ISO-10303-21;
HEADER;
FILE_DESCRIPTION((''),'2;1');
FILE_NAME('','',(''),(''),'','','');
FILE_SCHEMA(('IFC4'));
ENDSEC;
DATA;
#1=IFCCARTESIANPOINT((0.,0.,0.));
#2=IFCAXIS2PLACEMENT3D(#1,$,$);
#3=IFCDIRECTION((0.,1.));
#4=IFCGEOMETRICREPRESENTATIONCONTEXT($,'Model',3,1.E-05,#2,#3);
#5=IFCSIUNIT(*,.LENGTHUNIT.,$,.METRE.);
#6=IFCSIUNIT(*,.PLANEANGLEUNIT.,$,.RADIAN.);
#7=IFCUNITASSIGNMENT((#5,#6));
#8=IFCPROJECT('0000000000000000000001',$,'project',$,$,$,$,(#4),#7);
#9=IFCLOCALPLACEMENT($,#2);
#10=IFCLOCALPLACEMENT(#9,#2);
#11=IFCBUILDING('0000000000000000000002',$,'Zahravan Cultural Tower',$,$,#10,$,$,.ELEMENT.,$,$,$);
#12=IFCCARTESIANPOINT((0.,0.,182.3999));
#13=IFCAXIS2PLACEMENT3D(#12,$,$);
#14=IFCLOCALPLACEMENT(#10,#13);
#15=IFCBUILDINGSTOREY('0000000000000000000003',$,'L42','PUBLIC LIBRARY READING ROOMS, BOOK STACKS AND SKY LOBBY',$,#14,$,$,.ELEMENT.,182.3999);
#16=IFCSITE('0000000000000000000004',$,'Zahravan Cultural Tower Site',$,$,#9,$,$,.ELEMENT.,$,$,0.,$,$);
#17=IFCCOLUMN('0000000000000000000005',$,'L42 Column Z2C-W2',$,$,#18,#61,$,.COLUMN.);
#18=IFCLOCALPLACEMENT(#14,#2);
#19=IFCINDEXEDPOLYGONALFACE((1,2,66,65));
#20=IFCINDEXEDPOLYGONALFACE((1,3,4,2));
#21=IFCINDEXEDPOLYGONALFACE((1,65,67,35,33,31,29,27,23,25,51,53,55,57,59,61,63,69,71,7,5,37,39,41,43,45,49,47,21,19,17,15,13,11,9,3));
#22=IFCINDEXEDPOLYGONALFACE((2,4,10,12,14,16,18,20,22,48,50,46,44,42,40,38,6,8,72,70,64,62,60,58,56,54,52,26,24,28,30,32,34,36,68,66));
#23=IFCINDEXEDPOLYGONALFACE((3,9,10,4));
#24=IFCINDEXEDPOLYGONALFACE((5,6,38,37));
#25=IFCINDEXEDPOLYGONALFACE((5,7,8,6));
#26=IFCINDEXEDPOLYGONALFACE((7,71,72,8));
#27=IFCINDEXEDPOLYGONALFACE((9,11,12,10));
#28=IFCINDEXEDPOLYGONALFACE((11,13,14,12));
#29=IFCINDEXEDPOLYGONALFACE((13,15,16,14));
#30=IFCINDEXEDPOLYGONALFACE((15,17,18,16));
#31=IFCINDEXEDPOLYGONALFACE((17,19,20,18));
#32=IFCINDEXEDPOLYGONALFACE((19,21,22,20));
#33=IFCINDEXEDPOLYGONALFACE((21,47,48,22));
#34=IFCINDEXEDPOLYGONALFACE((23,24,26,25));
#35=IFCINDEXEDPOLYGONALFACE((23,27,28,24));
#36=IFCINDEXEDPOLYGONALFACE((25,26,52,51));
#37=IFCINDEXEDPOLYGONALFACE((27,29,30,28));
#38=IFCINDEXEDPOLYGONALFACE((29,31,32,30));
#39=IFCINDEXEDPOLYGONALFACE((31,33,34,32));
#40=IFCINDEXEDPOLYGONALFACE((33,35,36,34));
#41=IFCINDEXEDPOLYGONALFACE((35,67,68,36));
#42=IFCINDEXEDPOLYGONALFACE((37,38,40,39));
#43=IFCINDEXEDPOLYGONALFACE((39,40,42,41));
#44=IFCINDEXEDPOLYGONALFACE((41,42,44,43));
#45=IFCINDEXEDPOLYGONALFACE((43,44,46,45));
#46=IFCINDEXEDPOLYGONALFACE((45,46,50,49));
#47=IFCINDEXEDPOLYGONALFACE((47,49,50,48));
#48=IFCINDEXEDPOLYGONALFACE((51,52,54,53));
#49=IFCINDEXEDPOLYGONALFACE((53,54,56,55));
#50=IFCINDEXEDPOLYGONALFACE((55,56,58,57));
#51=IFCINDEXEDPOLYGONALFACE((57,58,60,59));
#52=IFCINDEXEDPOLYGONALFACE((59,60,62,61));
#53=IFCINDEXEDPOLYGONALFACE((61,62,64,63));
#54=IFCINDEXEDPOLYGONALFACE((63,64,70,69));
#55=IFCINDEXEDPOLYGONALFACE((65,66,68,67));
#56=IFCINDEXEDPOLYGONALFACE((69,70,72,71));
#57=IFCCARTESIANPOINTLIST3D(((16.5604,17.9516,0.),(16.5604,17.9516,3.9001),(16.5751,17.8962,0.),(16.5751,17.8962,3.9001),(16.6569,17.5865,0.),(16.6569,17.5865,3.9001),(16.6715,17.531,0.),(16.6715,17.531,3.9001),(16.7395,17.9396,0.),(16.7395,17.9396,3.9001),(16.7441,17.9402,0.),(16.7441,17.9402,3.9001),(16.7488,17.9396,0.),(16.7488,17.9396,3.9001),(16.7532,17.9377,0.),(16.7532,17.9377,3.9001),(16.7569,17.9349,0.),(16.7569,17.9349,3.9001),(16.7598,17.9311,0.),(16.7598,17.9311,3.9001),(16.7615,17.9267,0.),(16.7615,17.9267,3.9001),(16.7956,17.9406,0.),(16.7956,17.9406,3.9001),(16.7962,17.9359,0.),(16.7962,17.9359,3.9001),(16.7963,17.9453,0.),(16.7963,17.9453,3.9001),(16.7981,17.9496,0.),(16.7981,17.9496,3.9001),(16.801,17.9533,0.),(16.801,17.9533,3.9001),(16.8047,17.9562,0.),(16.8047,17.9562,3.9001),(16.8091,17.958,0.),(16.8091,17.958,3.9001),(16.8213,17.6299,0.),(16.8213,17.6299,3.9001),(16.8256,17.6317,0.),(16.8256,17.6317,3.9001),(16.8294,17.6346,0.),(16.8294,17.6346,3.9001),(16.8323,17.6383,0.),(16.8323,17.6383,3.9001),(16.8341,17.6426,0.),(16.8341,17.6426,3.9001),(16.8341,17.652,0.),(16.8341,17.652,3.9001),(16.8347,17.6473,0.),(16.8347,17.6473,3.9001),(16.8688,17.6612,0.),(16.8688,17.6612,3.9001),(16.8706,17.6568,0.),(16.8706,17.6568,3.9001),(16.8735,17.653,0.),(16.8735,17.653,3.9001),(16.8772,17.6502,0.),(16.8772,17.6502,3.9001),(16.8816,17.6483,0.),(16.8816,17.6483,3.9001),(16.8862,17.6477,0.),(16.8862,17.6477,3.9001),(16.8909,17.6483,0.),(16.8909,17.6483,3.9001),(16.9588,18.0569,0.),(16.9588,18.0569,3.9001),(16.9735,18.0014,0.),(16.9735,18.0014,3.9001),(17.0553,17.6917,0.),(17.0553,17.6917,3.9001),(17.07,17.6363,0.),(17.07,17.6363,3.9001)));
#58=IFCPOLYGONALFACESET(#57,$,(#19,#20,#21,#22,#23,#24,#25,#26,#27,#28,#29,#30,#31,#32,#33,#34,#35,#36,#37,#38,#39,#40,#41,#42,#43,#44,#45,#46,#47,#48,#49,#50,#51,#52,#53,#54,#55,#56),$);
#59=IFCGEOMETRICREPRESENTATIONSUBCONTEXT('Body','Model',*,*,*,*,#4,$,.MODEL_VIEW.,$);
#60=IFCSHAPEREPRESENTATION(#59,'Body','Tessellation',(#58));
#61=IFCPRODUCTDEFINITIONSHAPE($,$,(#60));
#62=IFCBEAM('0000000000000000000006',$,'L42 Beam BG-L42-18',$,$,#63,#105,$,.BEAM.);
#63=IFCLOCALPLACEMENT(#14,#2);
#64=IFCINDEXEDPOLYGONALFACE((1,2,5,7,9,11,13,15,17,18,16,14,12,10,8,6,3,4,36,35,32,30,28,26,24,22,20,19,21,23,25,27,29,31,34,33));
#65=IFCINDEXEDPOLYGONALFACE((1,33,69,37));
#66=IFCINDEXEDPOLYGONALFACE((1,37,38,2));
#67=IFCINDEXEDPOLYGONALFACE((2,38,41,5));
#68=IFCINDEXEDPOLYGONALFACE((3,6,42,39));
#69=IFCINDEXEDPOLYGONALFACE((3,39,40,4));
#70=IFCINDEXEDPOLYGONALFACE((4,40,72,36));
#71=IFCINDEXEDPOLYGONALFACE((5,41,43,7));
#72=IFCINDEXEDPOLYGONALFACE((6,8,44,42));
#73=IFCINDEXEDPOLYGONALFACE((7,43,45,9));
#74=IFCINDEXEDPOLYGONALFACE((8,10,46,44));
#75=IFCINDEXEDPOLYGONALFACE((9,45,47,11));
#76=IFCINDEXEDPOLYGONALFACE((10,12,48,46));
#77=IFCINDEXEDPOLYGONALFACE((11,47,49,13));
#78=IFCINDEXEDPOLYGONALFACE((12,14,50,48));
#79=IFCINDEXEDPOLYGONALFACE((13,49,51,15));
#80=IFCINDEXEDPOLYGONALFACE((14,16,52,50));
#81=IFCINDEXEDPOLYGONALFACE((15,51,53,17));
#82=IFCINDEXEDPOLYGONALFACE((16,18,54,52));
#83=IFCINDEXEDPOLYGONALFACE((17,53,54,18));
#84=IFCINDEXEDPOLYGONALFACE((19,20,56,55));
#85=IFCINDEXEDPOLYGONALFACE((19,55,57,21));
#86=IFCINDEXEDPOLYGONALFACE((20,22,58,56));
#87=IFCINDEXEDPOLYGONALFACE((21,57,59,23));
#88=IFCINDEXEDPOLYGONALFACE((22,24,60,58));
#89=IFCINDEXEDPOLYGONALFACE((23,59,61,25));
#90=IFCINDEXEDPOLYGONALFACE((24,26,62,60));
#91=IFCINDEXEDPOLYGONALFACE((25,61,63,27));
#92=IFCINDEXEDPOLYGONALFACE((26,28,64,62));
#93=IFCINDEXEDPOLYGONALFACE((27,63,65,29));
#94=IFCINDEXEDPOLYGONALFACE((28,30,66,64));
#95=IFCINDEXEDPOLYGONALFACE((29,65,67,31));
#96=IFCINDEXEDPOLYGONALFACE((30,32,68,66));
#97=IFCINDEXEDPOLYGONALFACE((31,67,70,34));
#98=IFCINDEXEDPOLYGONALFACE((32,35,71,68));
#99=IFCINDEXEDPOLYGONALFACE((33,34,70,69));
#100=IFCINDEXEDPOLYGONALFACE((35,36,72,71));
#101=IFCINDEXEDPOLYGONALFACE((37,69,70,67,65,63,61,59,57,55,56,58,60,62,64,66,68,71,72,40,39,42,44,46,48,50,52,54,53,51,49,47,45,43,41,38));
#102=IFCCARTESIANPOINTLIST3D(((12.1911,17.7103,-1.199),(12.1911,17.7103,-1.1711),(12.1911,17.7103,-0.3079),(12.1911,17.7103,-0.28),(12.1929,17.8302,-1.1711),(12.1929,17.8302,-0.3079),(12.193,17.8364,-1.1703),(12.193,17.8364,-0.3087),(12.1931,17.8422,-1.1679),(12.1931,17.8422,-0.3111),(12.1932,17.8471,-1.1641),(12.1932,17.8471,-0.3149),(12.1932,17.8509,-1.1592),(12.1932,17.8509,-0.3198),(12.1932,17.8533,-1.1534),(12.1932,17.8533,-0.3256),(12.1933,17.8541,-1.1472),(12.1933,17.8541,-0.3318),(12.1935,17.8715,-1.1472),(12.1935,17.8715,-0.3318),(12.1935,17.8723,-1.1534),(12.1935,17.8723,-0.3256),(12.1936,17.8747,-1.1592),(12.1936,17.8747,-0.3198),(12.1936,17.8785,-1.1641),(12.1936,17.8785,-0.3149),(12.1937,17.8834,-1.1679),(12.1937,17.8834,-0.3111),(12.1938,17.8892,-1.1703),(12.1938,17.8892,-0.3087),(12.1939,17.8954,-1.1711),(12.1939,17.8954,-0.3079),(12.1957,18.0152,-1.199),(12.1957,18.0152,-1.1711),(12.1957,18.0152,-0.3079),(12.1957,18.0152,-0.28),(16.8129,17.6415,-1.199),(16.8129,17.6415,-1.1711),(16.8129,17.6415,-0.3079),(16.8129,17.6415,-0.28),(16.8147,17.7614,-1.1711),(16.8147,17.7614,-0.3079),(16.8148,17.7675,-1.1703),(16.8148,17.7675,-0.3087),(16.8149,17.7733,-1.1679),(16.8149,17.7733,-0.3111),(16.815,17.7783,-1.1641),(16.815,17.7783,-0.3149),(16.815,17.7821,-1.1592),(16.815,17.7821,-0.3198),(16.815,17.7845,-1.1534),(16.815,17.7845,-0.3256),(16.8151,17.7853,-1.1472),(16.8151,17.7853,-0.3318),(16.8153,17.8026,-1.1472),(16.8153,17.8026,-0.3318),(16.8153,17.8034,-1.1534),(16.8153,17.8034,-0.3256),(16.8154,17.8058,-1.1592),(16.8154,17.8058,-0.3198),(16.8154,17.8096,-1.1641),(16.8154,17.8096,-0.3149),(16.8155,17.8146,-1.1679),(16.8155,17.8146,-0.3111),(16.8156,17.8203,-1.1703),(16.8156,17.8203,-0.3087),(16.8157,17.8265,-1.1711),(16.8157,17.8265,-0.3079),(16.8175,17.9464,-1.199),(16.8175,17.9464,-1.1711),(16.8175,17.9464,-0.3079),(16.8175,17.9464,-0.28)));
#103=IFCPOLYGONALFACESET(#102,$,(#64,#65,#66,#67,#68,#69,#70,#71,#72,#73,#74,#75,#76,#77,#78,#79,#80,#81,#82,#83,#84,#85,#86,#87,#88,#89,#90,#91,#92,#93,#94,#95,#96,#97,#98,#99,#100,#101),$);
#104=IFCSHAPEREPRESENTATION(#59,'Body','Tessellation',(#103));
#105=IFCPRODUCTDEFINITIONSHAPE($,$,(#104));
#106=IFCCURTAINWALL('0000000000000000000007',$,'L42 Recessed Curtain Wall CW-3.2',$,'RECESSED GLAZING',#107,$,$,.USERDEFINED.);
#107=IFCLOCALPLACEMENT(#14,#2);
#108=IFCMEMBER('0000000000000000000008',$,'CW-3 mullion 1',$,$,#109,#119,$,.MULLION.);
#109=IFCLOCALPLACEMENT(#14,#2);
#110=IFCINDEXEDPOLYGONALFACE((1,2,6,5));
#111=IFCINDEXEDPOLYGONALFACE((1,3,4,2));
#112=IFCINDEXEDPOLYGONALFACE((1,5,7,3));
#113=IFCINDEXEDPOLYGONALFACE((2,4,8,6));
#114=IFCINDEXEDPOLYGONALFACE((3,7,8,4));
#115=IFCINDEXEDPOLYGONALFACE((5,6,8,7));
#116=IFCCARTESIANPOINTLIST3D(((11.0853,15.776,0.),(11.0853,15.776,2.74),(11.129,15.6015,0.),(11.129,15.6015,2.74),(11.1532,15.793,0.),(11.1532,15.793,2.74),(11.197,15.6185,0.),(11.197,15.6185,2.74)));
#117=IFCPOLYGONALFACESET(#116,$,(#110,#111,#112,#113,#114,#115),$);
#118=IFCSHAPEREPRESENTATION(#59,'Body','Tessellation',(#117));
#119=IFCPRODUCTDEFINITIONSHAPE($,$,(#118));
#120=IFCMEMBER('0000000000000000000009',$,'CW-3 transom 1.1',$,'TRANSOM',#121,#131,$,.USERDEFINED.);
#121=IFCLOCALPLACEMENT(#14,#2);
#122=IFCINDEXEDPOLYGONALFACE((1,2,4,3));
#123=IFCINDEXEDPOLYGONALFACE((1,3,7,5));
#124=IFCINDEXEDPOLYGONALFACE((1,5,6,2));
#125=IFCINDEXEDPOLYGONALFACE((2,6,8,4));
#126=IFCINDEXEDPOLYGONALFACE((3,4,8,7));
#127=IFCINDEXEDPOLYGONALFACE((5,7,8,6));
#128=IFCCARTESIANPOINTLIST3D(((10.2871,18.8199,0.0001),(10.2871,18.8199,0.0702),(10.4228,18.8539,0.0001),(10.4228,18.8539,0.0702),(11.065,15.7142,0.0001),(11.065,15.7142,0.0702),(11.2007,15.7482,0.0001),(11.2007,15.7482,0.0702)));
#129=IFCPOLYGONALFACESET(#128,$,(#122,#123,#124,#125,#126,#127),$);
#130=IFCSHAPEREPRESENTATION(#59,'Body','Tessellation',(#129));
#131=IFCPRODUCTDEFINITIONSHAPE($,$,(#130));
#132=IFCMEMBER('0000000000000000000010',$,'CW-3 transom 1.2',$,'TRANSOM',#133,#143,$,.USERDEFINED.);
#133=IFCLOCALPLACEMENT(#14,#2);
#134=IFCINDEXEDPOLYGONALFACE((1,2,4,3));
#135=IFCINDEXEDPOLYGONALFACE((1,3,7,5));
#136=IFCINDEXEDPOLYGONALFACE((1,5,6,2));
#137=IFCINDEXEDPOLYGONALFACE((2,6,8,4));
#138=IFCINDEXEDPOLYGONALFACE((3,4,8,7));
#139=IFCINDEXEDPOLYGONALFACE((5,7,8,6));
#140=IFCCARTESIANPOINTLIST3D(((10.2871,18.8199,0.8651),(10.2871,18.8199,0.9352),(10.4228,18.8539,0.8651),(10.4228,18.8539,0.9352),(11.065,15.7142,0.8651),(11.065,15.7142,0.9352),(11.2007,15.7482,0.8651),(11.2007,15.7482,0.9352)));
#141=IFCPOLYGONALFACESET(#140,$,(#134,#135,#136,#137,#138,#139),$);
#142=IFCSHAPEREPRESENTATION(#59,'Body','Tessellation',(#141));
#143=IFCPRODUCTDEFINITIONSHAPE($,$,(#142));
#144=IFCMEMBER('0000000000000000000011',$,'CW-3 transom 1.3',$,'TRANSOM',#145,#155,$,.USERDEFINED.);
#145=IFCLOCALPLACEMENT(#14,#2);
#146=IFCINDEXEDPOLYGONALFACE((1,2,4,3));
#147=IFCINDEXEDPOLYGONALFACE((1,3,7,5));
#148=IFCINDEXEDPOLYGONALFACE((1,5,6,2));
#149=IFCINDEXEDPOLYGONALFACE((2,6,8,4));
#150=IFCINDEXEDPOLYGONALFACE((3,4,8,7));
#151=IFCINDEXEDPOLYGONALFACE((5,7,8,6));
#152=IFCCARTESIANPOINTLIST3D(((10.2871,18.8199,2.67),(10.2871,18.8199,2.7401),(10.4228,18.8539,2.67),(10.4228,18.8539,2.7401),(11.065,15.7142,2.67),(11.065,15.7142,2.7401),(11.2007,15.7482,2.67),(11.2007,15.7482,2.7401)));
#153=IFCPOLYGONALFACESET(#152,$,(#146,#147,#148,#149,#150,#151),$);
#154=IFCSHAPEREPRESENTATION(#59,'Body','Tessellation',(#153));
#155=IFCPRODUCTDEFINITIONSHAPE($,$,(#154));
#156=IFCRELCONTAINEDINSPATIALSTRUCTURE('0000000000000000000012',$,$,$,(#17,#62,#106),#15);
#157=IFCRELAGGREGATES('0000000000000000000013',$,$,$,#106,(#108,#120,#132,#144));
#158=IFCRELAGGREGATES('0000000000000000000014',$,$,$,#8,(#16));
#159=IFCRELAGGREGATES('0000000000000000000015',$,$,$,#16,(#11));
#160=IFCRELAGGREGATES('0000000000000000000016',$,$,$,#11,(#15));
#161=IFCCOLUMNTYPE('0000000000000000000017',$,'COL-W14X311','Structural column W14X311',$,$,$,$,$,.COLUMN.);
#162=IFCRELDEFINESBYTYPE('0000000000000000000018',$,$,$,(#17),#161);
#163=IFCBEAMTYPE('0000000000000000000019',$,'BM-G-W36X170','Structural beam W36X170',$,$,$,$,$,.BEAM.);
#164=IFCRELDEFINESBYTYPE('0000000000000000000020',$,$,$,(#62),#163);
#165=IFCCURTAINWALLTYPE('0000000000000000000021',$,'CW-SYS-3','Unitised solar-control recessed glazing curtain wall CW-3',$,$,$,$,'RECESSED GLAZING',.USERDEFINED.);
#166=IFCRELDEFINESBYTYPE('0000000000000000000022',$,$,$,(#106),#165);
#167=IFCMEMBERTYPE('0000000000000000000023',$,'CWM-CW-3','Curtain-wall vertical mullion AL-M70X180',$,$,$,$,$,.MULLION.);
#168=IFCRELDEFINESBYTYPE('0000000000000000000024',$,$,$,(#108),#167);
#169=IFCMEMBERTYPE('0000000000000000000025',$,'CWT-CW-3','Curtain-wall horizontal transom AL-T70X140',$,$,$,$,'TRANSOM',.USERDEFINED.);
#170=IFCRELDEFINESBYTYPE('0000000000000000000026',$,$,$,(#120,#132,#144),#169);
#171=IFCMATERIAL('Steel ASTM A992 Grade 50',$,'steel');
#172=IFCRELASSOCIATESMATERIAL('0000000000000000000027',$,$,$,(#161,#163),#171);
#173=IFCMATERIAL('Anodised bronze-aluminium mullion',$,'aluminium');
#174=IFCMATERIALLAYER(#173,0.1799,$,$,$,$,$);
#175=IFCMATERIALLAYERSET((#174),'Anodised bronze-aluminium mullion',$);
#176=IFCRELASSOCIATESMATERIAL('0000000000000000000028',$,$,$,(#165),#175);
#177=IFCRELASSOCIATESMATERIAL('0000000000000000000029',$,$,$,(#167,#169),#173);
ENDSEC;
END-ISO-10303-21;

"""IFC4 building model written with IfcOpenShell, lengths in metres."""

from ifc_helpers import new_model, si_unit, direction, frame, origin, origin_2d, place, context, subcontext, project, spatial, rectangle, i_section, extrude, source, transform, mapped, material, layer, layer_set, material_profile, profile_set, type_object, element, aggregate, save


model = new_model("IFC4")

# Units and contexts
model_context = context("Model", 3, precision=1e-05, world=origin(), true_north=direction((0.0, 1.0)))
body_context = subcontext(model_context, "Body", "Model", "MODEL_VIEW")
ifc_project = project(units=[si_unit("LENGTHUNIT", "METRE"), si_unit("PLANEANGLEUNIT", "RADIAN")], contexts=[model_context])

# Site, building, storey
site_placement = place(None, origin())
site = spatial("IfcSite", under=ifc_project, at=site_placement, Name="Zahravan Cultural Tower Site", CompositionType="ELEMENT", RefElevation=0.0)
building_placement = place(site_placement, origin())
building = spatial("IfcBuilding", under=site, at=building_placement, Name="Zahravan Cultural Tower", CompositionType="ELEMENT")
storey_placement = place(building_placement, frame((0.0, 0.0, 182.3999)))
storey = spatial("IfcBuildingStorey", under=building, at=storey_placement, Name="L42", Description="PUBLIC LIBRARY READING ROOMS, BOOK STACKS AND SKY LOBBY", CompositionType="ELEMENT", Elevation=182.3999)

# Column
ifc_material_1 = material(Name="Steel ASTM A992 Grade 50", Category="steel")
ifc_material_profile_1 = material_profile(ifc_material_1, i_section(OverallWidth=0.4121, OverallDepth=0.4351, WebThickness=0.0359, FlangeThickness=0.0574, FilletRadius=0.0181, at=origin_2d()), Name="W14X311")
ifc_profile_set_1 = profile_set([ifc_material_profile_1], Name="Steel ASTM A992 Grade 50")
column_type = type_object("IfcColumnType", Name="COL-W14X311", Description="Structural column W14X311", PredefinedType="COLUMN", material=ifc_profile_set_1)
shared_shape_1 = source(origin(), body_context, "Body", "SweptSolid", [
    extrude(i_section(OverallWidth=0.4121, OverallDepth=0.4351, WebThickness=0.0359, FlangeThickness=0.0574, FilletRadius=0.0181, at=origin_2d()), origin(), (0.0, 0.0, 1.0), 3.9001),
])
column_placement = place(storey_placement, frame((16.8152, 17.7939, 0.0), z_axis=(0.0, 0.0, 1.0), x_axis=(0.966823, 0.255446, 0.0)))
element("IfcColumn", 1, at=column_placement, inside=storey, type_object=column_type, Name="L42 Column Z2C-W2", PredefinedType="COLUMN", context=body_context, shape_type="MappedRepresentation", body=[
    mapped(shared_shape_1, transform((0.0, 0.0, 0.0), x_axis=(1.0, 0.0, 0.0), y_axis=(0.0, 1.0, 0.0), z_axis=(0.0, 0.0, 1.0), scale=1.0)),
])

# Beam
ifc_material_profile_2 = material_profile(ifc_material_1, i_section(OverallWidth=0.3049, OverallDepth=0.9189, WebThickness=0.0173, FlangeThickness=0.0278, FilletRadius=0.0239, at=origin_2d()), Name="W36X170")
ifc_profile_set_2 = profile_set([ifc_material_profile_2], Name="Steel ASTM A992 Grade 50")
beam_type = type_object("IfcBeamType", Name="BM-G-W36X170", Description="Structural beam W36X170", PredefinedType="BEAM", material=ifc_profile_set_2)
shared_shape_2 = source(origin(), body_context, "Body", "SweptSolid", [
    extrude(i_section(OverallWidth=0.3049, OverallDepth=0.9189, WebThickness=0.0173, FlangeThickness=0.0278, FilletRadius=0.0239, at=origin_2d()), origin(), (0.0, 0.0, 1.0), 4.6223),
])
beam_placement = place(storey_placement, frame((16.8152, 17.7939, -0.7395), z_axis=(-0.999889, 0.014895, 0.0), x_axis=(-0.014895, -0.999889, 0.0)))
element("IfcBeam", 2, at=beam_placement, inside=storey, type_object=beam_type, Name="L42 Beam BG-L42-18", PredefinedType="BEAM", context=body_context, shape_type="MappedRepresentation", body=[
    mapped(shared_shape_2, transform((0.0, 0.0, 0.0), x_axis=(1.0, 0.0, 0.0), y_axis=(0.0, 1.0, 0.0), z_axis=(0.0, 0.0, 1.0), scale=1.0)),
])

# Curtain wall, members
ifc_material_2 = material(Name="Anodised bronze-aluminium mullion", Category="aluminium")
ifc_layer_1 = layer(ifc_material_2, 0.1799)
ifc_layer_set_1 = layer_set([ifc_layer_1], Name="Anodised bronze-aluminium mullion")
curtain_wall_type = type_object("IfcCurtainWallType", Name="CW-SYS-3", Description="Unitised solar-control recessed glazing curtain wall CW-3", ElementType="RECESSED GLAZING", PredefinedType="USERDEFINED", material=ifc_layer_set_1)
curtain_wall_placement = place(storey_placement, origin())
curtain_wall = element("IfcCurtainWall", 3, at=curtain_wall_placement, inside=storey, type_object=curtain_wall_type, Name="L42 Recessed Curtain Wall CW-3.2", ObjectType="RECESSED GLAZING", PredefinedType="USERDEFINED")
ifc_material_profile_3 = material_profile(ifc_material_2, rectangle(XDim=0.0701, YDim=0.1799, at=origin_2d()), Name="AL-M70X180")
ifc_profile_set_3 = profile_set([ifc_material_profile_3], Name="Anodised bronze-aluminium mullion")
member_type_1 = type_object("IfcMemberType", Name="CWM-CW-3", Description="Curtain-wall vertical mullion AL-M70X180", PredefinedType="MULLION", material=ifc_profile_set_3)
shared_shape_3 = source(origin(), body_context, "Body", "SweptSolid", [
    extrude(rectangle(XDim=0.0701, YDim=0.1799, at=origin_2d()), origin(), (0.0, 0.0, 1.0), 2.74),
])
member_1_placement = place(storey_placement, frame((11.1411, 15.6973, 0.0), z_axis=(0.0, 0.0, 1.0), x_axis=(-0.97004, -0.242944, 0.0)))
member_1 = element("IfcMember", 4, at=member_1_placement, type_object=member_type_1, Name="CW-3 mullion 1", PredefinedType="MULLION", context=body_context, shape_type="MappedRepresentation", body=[
    mapped(shared_shape_3, transform((0.0, 0.0, 0.0), x_axis=(1.0, 0.0, 0.0), y_axis=(0.0, 1.0, 0.0), z_axis=(0.0, 0.0, 1.0), scale=1.0)),
])
ifc_material_profile_4 = material_profile(ifc_material_2, rectangle(XDim=0.1399, YDim=0.0701, at=origin_2d()), Name="AL-T70X140")
ifc_profile_set_4 = profile_set([ifc_material_profile_4], Name="Anodised bronze-aluminium mullion")
member_type_2 = type_object("IfcMemberType", Name="CWT-CW-3", Description="Curtain-wall horizontal transom AL-T70X140", ElementType="TRANSOM", PredefinedType="USERDEFINED", material=ifc_profile_set_4)
shared_shape_4 = source(origin(), body_context, "Body", "SweptSolid", [
    extrude(rectangle(XDim=0.1399, YDim=0.0701, at=origin_2d()), origin(), (0.0, 0.0, 1.0), 3.2017),
])
member_2_placement = place(storey_placement, frame((11.1328, 15.7312, 0.0352), z_axis=(-0.242948, 0.970039, 0.0), x_axis=(-0.970039, -0.242948, 0.0)))
member_2 = element("IfcMember", 5, at=member_2_placement, type_object=member_type_2, Name="CW-3 transom 1.1", ObjectType="TRANSOM", PredefinedType="USERDEFINED", context=body_context, shape_type="MappedRepresentation", body=[
    mapped(shared_shape_4, transform((0.0, 0.0, 0.0), x_axis=(1.0, 0.0, 0.0), y_axis=(0.0, 1.0, 0.0), z_axis=(0.0, 0.0, 1.0), scale=1.0)),
])
member_3_placement = place(storey_placement, frame((11.1328, 15.7312, 0.9001), z_axis=(-0.242948, 0.970039, 0.0), x_axis=(-0.970039, -0.242948, 0.0)))
member_3 = element("IfcMember", 6, at=member_3_placement, type_object=member_type_2, Name="CW-3 transom 1.2", ObjectType="TRANSOM", PredefinedType="USERDEFINED", context=body_context, shape_type="MappedRepresentation", body=[
    mapped(shared_shape_4, transform((0.0, 0.0, 0.0), x_axis=(1.0, 0.0, 0.0), y_axis=(0.0, 1.0, 0.0), z_axis=(0.0, 0.0, 1.0), scale=1.0)),
])
member_4_placement = place(storey_placement, frame((11.1328, 15.7312, 2.7051), z_axis=(-0.242948, 0.970039, 0.0), x_axis=(-0.970039, -0.242948, 0.0)))
member_4 = element("IfcMember", 7, at=member_4_placement, type_object=member_type_2, Name="CW-3 transom 1.3", ObjectType="TRANSOM", PredefinedType="USERDEFINED", context=body_context, shape_type="MappedRepresentation", body=[
    mapped(shared_shape_4, transform((0.0, 0.0, 0.0), x_axis=(1.0, 0.0, 0.0), y_axis=(0.0, 1.0, 0.0), z_axis=(0.0, 0.0, 1.0), scale=1.0)),
])

aggregate(curtain_wall, [member_1, member_2, member_3, member_4])

save(model, "model.ifc")
